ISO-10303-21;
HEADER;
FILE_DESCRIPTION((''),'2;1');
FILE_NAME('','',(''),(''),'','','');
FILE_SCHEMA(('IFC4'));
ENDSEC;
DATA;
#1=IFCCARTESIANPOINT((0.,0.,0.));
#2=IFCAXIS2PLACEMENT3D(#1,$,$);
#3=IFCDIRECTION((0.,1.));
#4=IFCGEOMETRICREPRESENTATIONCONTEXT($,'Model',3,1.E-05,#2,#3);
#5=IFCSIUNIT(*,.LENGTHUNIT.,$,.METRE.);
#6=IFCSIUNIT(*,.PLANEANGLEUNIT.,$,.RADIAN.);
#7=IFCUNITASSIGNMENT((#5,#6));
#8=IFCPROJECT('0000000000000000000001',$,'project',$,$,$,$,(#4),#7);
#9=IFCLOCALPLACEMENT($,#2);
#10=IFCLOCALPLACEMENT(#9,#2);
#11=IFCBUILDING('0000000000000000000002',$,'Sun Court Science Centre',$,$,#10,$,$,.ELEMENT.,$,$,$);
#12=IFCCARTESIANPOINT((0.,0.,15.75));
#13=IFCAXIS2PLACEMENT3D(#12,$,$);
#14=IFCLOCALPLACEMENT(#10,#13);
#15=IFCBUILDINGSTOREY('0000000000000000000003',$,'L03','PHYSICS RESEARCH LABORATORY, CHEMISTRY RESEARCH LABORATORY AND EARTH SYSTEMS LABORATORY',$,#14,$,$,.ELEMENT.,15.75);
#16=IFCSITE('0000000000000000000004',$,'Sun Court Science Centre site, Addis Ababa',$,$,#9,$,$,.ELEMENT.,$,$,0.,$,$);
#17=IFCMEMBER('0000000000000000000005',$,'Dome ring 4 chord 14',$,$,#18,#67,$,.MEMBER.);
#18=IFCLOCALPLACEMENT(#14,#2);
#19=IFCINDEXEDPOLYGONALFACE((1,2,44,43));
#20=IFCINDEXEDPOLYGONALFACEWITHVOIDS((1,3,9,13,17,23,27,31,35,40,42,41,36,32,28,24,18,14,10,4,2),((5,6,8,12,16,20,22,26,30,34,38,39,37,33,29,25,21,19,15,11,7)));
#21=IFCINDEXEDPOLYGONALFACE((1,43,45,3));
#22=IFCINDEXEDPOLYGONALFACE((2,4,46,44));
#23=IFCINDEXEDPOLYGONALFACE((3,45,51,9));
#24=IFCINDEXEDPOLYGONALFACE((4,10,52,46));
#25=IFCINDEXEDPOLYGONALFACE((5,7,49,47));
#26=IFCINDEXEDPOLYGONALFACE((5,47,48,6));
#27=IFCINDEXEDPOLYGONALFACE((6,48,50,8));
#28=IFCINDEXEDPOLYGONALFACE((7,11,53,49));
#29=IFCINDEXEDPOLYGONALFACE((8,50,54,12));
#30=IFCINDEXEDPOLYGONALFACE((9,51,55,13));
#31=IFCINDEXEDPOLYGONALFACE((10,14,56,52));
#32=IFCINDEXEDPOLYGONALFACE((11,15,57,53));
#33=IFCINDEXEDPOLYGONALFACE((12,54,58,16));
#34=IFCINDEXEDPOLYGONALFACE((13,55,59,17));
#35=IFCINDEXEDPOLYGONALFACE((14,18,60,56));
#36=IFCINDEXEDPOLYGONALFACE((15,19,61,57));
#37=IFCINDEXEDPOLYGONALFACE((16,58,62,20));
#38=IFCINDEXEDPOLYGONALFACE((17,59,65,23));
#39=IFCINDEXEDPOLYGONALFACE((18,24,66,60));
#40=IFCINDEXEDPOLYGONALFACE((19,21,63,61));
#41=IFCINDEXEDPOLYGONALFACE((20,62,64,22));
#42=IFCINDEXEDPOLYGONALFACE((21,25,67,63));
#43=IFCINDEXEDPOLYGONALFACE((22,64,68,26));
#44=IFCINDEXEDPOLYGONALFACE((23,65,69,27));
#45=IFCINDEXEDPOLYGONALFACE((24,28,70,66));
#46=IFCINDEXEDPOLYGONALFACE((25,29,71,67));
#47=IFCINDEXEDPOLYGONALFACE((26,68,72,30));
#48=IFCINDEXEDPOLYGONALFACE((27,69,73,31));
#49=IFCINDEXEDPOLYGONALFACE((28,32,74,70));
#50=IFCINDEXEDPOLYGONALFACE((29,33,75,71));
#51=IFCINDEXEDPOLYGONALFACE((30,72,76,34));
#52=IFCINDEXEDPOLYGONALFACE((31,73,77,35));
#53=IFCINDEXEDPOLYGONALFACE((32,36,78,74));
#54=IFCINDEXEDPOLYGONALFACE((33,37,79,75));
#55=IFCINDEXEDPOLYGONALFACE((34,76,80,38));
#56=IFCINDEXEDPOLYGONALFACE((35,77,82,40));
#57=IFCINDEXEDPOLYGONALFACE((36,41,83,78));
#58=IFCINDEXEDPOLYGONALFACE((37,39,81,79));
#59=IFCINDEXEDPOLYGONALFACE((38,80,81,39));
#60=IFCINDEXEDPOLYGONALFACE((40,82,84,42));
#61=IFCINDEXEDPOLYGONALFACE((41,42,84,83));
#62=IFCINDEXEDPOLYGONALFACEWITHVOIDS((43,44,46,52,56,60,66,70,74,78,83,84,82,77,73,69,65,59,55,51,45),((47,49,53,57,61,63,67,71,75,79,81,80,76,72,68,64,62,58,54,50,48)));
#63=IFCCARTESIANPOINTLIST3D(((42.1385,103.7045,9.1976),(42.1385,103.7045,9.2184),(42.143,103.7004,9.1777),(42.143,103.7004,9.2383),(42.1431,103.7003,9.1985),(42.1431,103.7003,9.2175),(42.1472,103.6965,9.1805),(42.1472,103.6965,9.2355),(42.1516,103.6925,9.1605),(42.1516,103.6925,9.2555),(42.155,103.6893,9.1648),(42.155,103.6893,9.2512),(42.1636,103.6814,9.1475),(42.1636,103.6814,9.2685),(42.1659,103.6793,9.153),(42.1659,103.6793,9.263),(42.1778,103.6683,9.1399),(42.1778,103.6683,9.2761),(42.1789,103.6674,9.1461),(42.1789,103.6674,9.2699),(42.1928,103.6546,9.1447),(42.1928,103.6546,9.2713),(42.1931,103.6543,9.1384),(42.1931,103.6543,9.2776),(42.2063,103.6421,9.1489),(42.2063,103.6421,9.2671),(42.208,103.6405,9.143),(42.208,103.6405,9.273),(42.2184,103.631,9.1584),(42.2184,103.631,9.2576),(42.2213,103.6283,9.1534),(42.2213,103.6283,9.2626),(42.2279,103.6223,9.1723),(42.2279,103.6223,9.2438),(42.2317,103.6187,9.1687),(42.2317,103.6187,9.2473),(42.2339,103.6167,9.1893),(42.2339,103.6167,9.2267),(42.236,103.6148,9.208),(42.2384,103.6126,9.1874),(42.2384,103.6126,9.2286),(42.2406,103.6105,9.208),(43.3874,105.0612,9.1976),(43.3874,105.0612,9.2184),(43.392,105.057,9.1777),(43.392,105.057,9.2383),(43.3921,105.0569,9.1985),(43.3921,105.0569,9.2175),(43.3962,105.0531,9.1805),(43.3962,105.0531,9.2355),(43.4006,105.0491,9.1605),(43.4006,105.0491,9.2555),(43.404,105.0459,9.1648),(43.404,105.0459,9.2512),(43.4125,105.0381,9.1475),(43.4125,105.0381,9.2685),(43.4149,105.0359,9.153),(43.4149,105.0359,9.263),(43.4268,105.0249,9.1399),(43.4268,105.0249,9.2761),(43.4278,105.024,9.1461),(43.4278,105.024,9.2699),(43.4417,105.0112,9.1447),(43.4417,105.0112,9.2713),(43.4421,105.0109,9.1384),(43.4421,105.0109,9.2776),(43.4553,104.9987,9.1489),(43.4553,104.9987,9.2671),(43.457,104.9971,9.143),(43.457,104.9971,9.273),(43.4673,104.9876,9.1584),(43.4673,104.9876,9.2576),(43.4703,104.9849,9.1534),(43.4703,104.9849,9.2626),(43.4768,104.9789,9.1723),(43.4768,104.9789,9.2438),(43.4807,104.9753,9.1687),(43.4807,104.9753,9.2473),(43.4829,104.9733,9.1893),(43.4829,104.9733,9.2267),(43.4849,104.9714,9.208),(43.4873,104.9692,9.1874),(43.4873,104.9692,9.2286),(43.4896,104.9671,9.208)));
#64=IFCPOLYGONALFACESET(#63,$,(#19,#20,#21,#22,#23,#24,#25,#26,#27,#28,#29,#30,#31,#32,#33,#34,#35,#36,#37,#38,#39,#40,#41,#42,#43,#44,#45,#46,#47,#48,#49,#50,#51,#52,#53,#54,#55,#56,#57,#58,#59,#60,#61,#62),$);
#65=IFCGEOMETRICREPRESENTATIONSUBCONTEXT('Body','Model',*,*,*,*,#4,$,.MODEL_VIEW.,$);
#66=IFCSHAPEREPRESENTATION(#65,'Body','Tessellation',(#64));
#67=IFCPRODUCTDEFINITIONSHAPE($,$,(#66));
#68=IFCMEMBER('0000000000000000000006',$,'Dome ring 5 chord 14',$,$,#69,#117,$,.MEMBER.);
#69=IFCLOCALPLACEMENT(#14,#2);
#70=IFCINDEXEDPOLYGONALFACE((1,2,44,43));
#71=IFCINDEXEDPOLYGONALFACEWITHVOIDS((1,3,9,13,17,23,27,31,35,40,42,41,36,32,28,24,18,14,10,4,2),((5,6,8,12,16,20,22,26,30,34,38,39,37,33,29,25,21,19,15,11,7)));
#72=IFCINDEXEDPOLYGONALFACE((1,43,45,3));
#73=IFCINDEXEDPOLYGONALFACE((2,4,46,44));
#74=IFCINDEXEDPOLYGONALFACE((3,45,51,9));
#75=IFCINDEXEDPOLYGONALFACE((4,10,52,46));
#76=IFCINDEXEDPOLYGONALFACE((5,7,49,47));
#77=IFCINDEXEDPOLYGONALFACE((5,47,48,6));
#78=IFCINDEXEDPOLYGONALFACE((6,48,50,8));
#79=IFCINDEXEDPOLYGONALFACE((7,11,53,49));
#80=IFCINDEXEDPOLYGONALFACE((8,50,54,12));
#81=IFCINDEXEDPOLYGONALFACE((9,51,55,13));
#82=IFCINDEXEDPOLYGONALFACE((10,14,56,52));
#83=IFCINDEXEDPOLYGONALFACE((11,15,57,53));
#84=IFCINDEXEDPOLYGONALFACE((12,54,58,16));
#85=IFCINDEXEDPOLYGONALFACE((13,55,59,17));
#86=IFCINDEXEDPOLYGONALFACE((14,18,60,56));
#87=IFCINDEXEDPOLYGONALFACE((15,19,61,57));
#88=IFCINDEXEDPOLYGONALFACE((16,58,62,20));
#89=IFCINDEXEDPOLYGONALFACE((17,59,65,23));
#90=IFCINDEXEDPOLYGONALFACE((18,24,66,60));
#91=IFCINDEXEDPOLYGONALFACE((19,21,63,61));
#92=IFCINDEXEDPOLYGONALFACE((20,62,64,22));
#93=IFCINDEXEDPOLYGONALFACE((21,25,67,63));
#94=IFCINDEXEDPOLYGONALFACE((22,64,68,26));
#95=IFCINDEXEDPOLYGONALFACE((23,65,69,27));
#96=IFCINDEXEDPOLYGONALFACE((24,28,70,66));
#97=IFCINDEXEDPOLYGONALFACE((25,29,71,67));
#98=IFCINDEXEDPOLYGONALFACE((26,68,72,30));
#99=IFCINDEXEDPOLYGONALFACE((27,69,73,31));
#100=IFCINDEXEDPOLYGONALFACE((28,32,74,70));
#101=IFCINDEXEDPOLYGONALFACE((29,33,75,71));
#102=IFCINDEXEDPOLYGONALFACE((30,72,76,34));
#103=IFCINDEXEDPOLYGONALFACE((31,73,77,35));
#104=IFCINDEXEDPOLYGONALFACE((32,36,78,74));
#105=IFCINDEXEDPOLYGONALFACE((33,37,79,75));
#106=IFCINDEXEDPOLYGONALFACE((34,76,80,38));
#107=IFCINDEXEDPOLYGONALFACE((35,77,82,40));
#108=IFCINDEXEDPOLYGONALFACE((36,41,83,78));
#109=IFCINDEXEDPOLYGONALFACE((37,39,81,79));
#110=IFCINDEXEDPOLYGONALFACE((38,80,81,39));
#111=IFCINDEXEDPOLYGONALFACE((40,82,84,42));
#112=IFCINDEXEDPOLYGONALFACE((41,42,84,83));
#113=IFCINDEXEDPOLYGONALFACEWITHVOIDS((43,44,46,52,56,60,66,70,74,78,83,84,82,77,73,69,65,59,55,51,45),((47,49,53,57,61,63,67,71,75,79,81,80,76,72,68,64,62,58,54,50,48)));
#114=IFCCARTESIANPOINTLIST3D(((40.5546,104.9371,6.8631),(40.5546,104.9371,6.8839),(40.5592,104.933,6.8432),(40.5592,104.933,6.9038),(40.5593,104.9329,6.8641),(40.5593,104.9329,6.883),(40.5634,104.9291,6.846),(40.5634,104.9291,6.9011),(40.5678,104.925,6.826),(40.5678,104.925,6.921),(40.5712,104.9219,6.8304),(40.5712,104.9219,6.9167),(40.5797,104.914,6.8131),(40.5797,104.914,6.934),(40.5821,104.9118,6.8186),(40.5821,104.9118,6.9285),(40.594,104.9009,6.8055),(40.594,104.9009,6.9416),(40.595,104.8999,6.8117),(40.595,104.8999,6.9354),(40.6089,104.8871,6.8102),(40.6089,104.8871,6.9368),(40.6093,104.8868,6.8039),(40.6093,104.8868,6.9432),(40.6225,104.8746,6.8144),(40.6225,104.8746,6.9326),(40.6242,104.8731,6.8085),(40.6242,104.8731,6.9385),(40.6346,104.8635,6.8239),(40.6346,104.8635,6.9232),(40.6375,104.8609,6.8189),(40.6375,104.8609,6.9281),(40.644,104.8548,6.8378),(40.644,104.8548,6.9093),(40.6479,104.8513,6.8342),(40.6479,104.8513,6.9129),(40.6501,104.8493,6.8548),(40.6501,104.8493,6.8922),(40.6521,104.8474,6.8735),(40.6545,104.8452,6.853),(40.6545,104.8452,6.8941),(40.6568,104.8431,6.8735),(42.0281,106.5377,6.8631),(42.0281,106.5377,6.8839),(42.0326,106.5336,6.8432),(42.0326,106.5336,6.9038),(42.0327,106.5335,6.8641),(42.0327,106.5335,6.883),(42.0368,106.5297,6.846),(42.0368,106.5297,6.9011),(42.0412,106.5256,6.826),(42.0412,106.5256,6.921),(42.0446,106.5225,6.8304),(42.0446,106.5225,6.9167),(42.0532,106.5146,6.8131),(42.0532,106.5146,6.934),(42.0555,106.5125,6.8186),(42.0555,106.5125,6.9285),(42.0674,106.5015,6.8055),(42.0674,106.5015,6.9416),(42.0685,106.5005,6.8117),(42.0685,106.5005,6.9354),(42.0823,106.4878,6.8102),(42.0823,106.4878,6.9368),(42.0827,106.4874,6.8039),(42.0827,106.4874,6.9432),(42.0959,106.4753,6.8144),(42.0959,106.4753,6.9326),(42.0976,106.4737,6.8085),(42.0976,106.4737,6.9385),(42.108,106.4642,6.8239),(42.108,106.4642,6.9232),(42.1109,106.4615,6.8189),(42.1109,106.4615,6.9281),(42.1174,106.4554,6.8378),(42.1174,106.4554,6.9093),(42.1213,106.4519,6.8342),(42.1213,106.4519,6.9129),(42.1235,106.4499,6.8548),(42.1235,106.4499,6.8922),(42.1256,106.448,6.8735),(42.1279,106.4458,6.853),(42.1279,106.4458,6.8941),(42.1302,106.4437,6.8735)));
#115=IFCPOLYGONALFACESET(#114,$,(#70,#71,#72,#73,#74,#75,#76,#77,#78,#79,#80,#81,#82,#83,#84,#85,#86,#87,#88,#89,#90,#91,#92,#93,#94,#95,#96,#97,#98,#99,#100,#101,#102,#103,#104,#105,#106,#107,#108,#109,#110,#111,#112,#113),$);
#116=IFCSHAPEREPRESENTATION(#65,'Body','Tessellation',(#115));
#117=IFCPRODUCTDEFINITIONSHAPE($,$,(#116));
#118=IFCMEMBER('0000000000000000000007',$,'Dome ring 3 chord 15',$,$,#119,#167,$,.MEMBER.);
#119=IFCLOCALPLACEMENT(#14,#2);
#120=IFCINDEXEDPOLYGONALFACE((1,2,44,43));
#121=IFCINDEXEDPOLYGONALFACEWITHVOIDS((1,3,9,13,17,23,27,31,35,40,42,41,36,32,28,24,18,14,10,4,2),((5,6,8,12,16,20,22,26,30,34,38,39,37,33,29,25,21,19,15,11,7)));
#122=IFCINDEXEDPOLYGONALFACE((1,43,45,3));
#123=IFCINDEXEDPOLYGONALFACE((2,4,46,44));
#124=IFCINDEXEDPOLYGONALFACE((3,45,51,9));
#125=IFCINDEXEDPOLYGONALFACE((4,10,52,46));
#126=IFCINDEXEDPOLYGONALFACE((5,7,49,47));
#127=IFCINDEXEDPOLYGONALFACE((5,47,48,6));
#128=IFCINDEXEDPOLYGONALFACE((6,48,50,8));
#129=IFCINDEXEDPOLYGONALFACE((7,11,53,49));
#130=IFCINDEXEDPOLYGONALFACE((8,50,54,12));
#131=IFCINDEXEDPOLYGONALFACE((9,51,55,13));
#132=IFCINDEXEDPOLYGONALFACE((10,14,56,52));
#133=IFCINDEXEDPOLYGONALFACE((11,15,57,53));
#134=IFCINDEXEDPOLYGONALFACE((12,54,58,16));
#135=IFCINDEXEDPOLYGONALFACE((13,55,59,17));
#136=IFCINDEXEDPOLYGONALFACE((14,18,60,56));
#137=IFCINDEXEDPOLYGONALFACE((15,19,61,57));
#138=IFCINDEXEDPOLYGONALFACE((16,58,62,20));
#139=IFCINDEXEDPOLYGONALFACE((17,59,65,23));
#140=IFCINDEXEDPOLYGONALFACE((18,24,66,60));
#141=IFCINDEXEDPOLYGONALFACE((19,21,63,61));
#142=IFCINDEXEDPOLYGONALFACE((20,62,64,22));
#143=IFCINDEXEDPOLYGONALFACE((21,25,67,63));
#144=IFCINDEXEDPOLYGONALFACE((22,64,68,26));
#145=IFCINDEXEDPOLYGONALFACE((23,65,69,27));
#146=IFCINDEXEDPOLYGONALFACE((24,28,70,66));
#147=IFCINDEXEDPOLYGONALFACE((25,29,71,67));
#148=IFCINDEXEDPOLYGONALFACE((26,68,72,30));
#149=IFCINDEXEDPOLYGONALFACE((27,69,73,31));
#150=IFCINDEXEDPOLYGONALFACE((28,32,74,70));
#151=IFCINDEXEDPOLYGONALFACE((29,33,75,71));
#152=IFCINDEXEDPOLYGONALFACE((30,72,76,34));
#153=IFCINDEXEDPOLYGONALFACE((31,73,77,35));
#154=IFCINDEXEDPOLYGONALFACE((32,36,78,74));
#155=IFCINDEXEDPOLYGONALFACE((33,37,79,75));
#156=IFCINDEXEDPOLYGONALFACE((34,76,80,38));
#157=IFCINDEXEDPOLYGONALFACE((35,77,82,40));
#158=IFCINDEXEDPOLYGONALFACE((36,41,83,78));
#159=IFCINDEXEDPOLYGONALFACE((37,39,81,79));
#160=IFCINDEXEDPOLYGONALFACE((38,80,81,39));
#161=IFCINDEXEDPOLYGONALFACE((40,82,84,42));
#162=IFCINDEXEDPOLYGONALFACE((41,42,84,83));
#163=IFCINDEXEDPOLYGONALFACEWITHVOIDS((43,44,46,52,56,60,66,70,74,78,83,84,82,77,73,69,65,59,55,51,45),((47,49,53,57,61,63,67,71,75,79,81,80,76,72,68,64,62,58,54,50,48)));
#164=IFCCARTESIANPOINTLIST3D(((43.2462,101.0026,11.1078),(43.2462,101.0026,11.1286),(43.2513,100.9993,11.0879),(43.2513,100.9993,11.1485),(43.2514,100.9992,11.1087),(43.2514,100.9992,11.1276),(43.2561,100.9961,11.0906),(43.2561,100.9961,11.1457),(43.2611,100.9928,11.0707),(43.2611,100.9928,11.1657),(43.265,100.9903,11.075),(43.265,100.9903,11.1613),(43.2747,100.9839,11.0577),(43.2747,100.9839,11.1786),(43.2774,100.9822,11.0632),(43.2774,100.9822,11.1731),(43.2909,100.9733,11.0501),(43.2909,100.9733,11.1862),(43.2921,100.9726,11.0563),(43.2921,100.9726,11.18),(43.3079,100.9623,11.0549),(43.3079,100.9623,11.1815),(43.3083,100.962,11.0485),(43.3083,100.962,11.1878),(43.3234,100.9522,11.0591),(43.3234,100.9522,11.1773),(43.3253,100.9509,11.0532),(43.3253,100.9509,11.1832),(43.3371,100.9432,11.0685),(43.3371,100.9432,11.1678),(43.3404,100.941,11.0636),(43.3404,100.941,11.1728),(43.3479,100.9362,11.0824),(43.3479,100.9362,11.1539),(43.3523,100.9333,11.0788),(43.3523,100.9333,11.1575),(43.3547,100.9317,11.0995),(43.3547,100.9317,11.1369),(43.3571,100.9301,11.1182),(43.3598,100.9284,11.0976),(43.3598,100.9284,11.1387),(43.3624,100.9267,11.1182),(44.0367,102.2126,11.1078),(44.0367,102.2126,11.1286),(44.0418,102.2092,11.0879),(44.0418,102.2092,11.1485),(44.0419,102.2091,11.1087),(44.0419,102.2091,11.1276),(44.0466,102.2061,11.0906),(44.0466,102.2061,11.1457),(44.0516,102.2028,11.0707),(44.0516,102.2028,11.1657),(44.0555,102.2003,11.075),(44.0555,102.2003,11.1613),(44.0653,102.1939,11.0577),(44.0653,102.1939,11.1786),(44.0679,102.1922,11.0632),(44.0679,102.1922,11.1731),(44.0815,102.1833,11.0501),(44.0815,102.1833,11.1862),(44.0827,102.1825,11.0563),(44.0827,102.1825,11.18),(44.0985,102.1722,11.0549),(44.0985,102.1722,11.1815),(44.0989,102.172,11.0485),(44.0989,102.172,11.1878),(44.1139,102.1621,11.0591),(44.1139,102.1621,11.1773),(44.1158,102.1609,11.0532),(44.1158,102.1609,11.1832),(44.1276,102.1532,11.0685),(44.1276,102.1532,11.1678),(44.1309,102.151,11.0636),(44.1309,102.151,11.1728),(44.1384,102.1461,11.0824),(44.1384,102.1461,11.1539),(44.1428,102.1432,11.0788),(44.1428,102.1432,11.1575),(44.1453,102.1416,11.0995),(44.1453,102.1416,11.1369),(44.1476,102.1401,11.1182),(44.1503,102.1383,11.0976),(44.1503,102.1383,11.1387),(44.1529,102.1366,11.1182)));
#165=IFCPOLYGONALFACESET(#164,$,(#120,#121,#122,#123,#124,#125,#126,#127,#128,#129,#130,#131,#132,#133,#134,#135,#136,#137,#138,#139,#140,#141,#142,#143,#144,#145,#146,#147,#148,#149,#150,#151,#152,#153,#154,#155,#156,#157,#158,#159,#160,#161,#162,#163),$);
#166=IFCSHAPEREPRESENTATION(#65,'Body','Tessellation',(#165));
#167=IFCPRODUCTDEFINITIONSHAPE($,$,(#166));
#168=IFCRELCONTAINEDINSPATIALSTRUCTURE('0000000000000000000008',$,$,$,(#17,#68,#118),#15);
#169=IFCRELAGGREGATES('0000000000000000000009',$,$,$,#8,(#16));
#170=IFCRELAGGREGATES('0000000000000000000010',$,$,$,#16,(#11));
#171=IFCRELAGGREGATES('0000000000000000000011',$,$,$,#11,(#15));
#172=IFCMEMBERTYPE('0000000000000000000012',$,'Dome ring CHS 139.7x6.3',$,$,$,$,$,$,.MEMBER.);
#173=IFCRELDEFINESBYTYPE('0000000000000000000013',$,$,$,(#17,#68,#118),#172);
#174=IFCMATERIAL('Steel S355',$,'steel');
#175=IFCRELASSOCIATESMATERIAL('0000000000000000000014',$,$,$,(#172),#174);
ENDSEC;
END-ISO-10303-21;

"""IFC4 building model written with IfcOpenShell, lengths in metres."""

from ifc_helpers import new_model, si_unit, direction, frame, origin, origin_2d, place, context, subcontext, project, spatial, hollow_circle, extrude, material, material_profile, profile_set, type_object, element, save


model = new_model("IFC4")

# Units and contexts
model_context = context("Model", 3, precision=1e-05, world=origin(), true_north=direction((0.0, 1.0)))
body_context = subcontext(model_context, "Body", "Model", "MODEL_VIEW")
ifc_project = project(units=[si_unit("LENGTHUNIT", "METRE"), si_unit("PLANEANGLEUNIT", "RADIAN")], contexts=[model_context])

# Site, building, storey
site_placement = place(None, origin())
site = spatial("IfcSite", under=ifc_project, at=site_placement, Name="Sun Court Science Centre site, Addis Ababa", CompositionType="ELEMENT", RefElevation=0.0)
building_placement = place(site_placement, origin())
building = spatial("IfcBuilding", under=site, at=building_placement, Name="Sun Court Science Centre", CompositionType="ELEMENT")
storey_placement = place(building_placement, frame((0.0, 0.0, 15.75)))
storey = spatial("IfcBuildingStorey", under=building, at=storey_placement, Name="L03", Description="PHYSICS RESEARCH LABORATORY, CHEMISTRY RESEARCH LABORATORY AND EARTH SYSTEMS LABORATORY", CompositionType="ELEMENT", Elevation=15.75)

# Members
ifc_material_1 = material(Name="Steel S355", Category="steel")
ifc_material_profile_1 = material_profile(ifc_material_1, hollow_circle(Radius=0.0698, WallThickness=0.0063, at=origin_2d()), Name="CHS 139.7x6.3")
ifc_profile_set_1 = profile_set([ifc_material_profile_1], Name="Steel S355")
member_type_1 = type_object("IfcMemberType", Name="Dome ring CHS 139.7x6.3", PredefinedType="MEMBER", material=ifc_profile_set_1)
member_1_placement = place(storey_placement, frame((43.4382, 105.0144, 9.208), z_axis=(-0.677312, -0.735696, 0.0), x_axis=(0.735696, -0.677312, 0.0)))
element("IfcMember", 1, at=member_1_placement, inside=storey, type_object=member_type_1, Name="Dome ring 4 chord 14", PredefinedType="MEMBER", context=body_context, shape_type="SweptSolid", body=[
    extrude(hollow_circle(Radius=0.0698, WallThickness=0.0063, at=origin_2d()), origin(), (0.0, 0.0, 1.0), 1.844),
])
member_2_placement = place(storey_placement, frame((42.0789, 106.491, 6.8735), z_axis=(-0.677268, -0.735736, 0.0), x_axis=(0.735736, -0.677268, 0.0)))
element("IfcMember", 2, at=member_2_placement, inside=storey, type_object=member_type_1, Name="Dome ring 5 chord 14", PredefinedType="MEMBER", context=body_context, shape_type="SweptSolid", body=[
    extrude(hollow_circle(Radius=0.0698, WallThickness=0.0063, at=origin_2d()), origin(), (0.0, 0.0, 1.0), 2.1755),
])
member_3_placement = place(storey_placement, frame((44.0945, 102.1748, 11.1182), z_axis=(-0.546958, -0.83716, 0.0), x_axis=(0.83716, -0.546958, 0.0)))
element("IfcMember", 3, at=member_3_placement, inside=storey, type_object=member_type_1, Name="Dome ring 3 chord 15", PredefinedType="MEMBER", context=body_context, shape_type="SweptSolid", body=[
    extrude(hollow_circle(Radius=0.0698, WallThickness=0.0063, at=origin_2d()), origin(), (0.0, 0.0, 1.0), 1.4453),
])

save(model, "model.ifc")
